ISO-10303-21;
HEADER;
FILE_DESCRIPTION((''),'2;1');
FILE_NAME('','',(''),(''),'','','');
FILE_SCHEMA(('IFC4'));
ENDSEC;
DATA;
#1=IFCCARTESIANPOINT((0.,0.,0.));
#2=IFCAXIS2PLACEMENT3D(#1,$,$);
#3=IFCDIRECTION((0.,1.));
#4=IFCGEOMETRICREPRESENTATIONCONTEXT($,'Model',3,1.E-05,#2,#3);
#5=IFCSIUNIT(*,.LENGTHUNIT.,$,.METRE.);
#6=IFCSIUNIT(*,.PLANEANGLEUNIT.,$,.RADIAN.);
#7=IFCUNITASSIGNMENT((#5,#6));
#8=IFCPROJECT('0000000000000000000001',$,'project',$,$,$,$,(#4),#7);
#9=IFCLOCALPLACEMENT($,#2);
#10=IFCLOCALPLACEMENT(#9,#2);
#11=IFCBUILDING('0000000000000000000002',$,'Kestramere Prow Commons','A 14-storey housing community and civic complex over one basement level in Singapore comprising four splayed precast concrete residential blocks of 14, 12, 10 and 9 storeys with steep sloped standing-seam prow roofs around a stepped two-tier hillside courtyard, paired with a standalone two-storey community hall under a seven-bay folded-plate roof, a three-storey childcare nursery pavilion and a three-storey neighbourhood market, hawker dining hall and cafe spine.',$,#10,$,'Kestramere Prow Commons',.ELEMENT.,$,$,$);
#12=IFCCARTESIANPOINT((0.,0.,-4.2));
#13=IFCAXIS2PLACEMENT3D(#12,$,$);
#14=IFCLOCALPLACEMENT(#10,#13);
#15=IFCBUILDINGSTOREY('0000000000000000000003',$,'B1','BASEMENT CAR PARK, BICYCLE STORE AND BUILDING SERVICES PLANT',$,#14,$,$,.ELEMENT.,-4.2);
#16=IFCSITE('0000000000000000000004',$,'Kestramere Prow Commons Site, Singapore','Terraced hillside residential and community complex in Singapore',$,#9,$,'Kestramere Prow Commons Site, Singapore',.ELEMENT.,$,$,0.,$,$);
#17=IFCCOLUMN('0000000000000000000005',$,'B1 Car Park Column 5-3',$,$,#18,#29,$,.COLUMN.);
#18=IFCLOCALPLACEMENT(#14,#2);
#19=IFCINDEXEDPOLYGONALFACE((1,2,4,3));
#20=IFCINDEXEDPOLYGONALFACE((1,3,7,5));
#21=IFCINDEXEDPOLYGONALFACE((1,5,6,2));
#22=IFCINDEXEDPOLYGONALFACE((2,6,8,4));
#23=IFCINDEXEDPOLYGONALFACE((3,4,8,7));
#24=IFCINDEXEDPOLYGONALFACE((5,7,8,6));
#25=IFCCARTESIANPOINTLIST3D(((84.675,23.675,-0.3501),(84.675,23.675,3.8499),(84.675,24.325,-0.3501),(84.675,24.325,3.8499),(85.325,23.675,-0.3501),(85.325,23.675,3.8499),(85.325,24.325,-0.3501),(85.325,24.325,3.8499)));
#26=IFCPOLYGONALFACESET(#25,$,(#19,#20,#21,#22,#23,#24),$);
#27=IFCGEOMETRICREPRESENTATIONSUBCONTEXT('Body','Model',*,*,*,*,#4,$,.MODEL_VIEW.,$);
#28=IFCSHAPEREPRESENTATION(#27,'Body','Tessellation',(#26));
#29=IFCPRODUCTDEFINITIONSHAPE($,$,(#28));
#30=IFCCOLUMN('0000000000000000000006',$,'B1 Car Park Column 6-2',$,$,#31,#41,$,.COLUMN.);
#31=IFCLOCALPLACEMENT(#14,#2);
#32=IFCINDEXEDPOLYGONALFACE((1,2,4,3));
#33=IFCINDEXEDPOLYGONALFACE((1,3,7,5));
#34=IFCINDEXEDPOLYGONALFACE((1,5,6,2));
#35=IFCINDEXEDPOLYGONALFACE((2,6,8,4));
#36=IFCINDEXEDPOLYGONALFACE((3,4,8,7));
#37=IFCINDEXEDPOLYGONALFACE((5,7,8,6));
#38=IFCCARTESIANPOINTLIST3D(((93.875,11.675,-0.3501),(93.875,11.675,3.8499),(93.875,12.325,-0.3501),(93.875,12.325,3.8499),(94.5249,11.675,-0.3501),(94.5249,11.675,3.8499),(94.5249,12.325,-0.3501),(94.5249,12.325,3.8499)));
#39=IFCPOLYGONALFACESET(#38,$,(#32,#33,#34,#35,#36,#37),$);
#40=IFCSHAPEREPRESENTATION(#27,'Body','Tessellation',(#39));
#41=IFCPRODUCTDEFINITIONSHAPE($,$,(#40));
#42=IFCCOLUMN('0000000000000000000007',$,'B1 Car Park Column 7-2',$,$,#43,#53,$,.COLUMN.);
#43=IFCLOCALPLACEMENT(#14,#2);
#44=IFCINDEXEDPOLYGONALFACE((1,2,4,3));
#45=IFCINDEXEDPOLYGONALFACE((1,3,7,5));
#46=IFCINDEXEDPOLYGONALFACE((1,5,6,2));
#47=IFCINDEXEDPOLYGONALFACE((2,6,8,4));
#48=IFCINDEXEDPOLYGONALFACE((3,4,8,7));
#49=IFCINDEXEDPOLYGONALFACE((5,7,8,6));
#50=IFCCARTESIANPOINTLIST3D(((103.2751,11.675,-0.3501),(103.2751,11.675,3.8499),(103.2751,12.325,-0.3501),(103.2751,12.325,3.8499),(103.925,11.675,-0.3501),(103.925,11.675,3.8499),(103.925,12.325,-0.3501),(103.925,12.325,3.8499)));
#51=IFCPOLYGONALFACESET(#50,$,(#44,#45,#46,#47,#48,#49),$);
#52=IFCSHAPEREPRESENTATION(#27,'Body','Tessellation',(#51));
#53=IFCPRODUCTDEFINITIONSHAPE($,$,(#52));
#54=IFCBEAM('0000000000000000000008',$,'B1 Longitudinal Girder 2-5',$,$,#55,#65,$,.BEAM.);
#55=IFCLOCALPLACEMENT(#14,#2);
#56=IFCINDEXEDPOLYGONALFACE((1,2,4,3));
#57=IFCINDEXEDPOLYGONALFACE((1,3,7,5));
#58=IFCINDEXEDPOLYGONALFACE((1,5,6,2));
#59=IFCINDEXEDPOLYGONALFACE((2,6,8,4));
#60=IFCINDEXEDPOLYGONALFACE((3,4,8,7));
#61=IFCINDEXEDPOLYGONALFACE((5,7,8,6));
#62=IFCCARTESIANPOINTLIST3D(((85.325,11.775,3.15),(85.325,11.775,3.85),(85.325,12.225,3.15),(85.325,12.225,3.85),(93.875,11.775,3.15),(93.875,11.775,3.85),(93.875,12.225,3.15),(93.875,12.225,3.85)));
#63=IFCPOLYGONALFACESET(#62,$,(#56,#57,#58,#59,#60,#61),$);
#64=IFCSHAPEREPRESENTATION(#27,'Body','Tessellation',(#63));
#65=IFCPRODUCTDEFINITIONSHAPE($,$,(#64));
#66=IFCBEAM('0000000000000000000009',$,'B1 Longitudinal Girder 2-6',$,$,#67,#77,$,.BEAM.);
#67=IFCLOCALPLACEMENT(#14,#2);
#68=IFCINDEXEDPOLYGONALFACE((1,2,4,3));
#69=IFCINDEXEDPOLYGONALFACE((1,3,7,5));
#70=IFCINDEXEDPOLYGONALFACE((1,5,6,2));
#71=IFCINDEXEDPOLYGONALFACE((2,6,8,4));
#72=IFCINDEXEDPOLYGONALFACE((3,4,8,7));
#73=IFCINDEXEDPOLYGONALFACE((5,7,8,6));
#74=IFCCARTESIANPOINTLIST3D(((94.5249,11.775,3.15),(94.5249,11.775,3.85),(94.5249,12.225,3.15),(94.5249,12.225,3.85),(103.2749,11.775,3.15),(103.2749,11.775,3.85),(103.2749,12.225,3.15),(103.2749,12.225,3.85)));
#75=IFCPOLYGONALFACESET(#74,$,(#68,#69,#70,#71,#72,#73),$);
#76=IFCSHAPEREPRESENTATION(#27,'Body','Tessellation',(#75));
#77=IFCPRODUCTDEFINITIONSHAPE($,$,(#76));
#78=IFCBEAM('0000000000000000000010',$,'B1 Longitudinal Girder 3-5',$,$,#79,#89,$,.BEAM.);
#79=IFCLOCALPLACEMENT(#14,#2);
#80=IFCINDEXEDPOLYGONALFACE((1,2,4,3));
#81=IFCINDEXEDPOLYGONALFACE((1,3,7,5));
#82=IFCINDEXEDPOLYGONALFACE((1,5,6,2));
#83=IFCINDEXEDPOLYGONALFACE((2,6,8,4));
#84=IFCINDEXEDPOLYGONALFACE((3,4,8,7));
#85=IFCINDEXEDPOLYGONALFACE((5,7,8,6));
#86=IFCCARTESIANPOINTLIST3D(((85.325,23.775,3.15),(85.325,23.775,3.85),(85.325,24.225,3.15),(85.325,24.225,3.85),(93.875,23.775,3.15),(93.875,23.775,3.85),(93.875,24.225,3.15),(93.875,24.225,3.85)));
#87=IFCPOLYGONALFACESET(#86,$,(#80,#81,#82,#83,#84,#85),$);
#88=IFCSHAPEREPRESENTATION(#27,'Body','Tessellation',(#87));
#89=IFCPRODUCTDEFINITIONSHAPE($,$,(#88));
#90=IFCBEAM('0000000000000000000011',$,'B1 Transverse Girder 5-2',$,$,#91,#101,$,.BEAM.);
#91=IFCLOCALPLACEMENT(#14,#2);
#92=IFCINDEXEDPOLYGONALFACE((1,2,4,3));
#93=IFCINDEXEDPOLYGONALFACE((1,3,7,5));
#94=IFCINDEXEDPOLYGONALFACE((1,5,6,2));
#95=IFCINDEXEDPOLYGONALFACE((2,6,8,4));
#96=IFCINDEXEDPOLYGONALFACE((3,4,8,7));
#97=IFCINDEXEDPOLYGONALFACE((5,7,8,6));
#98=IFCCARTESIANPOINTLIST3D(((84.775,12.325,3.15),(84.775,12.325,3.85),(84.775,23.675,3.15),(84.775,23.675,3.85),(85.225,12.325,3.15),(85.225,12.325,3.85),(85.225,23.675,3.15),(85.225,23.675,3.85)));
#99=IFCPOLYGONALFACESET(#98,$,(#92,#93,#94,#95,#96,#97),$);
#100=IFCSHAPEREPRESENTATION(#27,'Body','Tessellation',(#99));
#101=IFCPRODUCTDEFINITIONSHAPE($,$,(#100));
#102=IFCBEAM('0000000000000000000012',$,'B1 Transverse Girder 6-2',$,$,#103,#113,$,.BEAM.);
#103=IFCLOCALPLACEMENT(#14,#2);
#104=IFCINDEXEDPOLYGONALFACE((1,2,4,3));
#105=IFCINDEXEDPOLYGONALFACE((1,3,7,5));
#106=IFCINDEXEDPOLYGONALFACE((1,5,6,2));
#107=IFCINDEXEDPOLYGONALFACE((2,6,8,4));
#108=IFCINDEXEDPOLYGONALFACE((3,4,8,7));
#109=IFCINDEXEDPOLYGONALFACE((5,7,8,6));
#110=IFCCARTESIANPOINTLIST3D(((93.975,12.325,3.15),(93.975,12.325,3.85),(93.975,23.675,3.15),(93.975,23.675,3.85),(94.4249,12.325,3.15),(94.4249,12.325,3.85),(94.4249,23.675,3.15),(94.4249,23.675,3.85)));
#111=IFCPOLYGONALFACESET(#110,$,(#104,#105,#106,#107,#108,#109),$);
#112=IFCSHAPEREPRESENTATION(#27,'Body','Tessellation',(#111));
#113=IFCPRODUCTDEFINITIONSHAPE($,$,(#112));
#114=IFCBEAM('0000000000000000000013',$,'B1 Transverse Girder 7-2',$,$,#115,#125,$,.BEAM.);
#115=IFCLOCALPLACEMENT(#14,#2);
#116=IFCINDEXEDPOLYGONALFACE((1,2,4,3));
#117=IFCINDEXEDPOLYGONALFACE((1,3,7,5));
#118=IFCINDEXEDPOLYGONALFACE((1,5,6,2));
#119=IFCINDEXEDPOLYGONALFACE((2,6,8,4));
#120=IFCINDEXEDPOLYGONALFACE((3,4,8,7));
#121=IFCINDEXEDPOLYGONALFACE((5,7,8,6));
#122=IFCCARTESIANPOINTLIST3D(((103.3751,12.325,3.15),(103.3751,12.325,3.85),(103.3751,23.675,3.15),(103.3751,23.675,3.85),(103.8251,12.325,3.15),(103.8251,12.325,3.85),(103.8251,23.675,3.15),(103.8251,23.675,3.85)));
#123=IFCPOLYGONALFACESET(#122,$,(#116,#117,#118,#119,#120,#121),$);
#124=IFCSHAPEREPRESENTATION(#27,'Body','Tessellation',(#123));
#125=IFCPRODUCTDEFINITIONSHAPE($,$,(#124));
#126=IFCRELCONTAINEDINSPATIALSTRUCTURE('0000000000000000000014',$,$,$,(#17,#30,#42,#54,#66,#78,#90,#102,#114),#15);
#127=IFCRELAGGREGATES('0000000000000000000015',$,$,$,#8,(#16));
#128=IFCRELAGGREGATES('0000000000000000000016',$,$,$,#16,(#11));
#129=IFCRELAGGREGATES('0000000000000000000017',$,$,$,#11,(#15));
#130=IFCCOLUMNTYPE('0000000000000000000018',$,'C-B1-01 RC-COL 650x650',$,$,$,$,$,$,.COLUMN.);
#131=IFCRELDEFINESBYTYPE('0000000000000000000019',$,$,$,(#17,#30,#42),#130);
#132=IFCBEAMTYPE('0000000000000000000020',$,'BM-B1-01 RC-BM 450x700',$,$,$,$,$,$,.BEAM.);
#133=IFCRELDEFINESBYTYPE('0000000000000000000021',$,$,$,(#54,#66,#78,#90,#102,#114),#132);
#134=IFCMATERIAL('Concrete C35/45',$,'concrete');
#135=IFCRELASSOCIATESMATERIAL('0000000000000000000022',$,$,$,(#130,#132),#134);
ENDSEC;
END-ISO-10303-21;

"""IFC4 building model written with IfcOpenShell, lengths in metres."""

from ifc_helpers import new_model, si_unit, direction, frame, origin, origin_2d, place, context, subcontext, project, spatial, rectangle, extrude, material, material_profile, profile_set, type_object, element, save


model = new_model("IFC4")

# Units and contexts
model_context = context("Model", 3, precision=1e-05, world=origin(), true_north=direction((0.0, 1.0)))
body_context = subcontext(model_context, "Body", "Model", "MODEL_VIEW")
ifc_project = project(units=[si_unit("LENGTHUNIT", "METRE"), si_unit("PLANEANGLEUNIT", "RADIAN")], contexts=[model_context])

# Site, building, storey
site_placement = place(None, origin())
site = spatial("IfcSite", under=ifc_project, at=site_placement, Name="Kestramere Prow Commons Site, Singapore", Description="Terraced hillside residential and community complex in Singapore", LongName="Kestramere Prow Commons Site, Singapore", CompositionType="ELEMENT", RefElevation=0.0)
building_placement = place(site_placement, origin())
building = spatial("IfcBuilding", under=site, at=building_placement, Name="Kestramere Prow Commons", Description="A 14-storey housing community and civic complex over one basement level in Singapore comprising four splayed precast concrete residential blocks of 14, 12, 10 and 9 storeys with steep sloped standing-seam prow roofs around a stepped two-tier hillside courtyard, paired with a standalone two-storey community hall under a seven-bay folded-plate roof, a three-storey childcare nursery pavilion and a three-storey neighbourhood market, hawker dining hall and cafe spine.", LongName="Kestramere Prow Commons", CompositionType="ELEMENT")
storey_placement = place(building_placement, frame((0.0, 0.0, -4.2)))
storey = spatial("IfcBuildingStorey", under=building, at=storey_placement, Name="B1", Description="BASEMENT CAR PARK, BICYCLE STORE AND BUILDING SERVICES PLANT", CompositionType="ELEMENT", Elevation=-4.2)

# Shared definitions
ifc_material = material(Name="Concrete C35/45", Category="concrete")

# Columns
ifc_material_profile_1 = material_profile(ifc_material, rectangle(XDim=0.6499, YDim=0.6499, at=origin_2d()), Name="RC-COL 650x650")
ifc_profile_set_1 = profile_set([ifc_material_profile_1], Name="Concrete C35/45")
column_type = type_object("IfcColumnType", Name="C-B1-01 RC-COL 650x650", PredefinedType="COLUMN", material=ifc_profile_set_1)
for number, where, z_axis, x_axis, name in (
    (1, (85.0, 24.0, -0.3501), (0.0, 0.0, 1.0), (1.0, 0.0, 0.0), "B1 Car Park Column 5-3"),
    (2, (94.2, 12.0, -0.3501), (0.0, 0.0, 1.0), (1.0, 0.0, 0.0), "B1 Car Park Column 6-2"),
    (3, (103.6001, 12.0, -0.3501), (0.0, 0.0, 1.0), (1.0, 0.0, 0.0), "B1 Car Park Column 7-2"),
):
    element("IfcColumn", number, at=place(storey_placement, frame(where, z_axis=z_axis, x_axis=x_axis)), inside=storey, type_object=column_type, Name=name, PredefinedType="COLUMN", context=body_context, shape_type="SweptSolid", body=[
        extrude(rectangle(XDim=0.6499, YDim=0.6499, at=origin_2d()), origin(), (0.0, 0.0, 1.0), 4.2),
    ])

# Beams
ifc_material_profile_2 = material_profile(ifc_material, rectangle(XDim=0.45, YDim=0.7, at=origin_2d()), Name="RC-BM 450x700")
ifc_profile_set_2 = profile_set([ifc_material_profile_2], Name="Concrete C35/45")
beam_type = type_object("IfcBeamType", Name="BM-B1-01 RC-BM 450x700", PredefinedType="BEAM", material=ifc_profile_set_2)
beam_1_placement = place(storey_placement, frame((85.325, 12.0, 3.5), z_axis=(1.0, 0.0, 0.0), x_axis=(0.0, 1.0, 0.0)))
element("IfcBeam", 4, at=beam_1_placement, inside=storey, type_object=beam_type, Name="B1 Longitudinal Girder 2-5", PredefinedType="BEAM", context=body_context, shape_type="SweptSolid", body=[
    extrude(rectangle(XDim=0.45, YDim=0.7, at=origin_2d()), origin(), (0.0, 0.0, 1.0), 8.55),
])
beam_2_placement = place(storey_placement, frame((94.5249, 12.0, 3.5), z_axis=(1.0, 0.0, 0.0), x_axis=(0.0, 1.0, 0.0)))
element("IfcBeam", 5, at=beam_2_placement, inside=storey, type_object=beam_type, Name="B1 Longitudinal Girder 2-6", PredefinedType="BEAM", context=body_context, shape_type="SweptSolid", body=[
    extrude(rectangle(XDim=0.45, YDim=0.7, at=origin_2d()), origin(), (0.0, 0.0, 1.0), 8.75),
])
beam_3_placement = place(storey_placement, frame((85.325, 24.0, 3.5), z_axis=(1.0, 0.0, 0.0), x_axis=(0.0, 1.0, 0.0)))
element("IfcBeam", 6, at=beam_3_placement, inside=storey, type_object=beam_type, Name="B1 Longitudinal Girder 3-5", PredefinedType="BEAM", context=body_context, shape_type="SweptSolid", body=[
    extrude(rectangle(XDim=0.45, YDim=0.7, at=origin_2d()), origin(), (0.0, 0.0, 1.0), 8.55),
])
for number, where, z_axis, x_axis, name in (
    (7, (85.0, 12.325, 3.5), (0.0, 1.0, 0.0), (-1.0, 0.0, 0.0), "B1 Transverse Girder 5-2"),
    (8, (94.2, 12.325, 3.5), (0.0, 1.0, 0.0), (-1.0, 0.0, 0.0), "B1 Transverse Girder 6-2"),
    (9, (103.6001, 12.325, 3.5), (0.0, 1.0, 0.0), (-1.0, 0.0, 0.0), "B1 Transverse Girder 7-2"),
):
    element("IfcBeam", number, at=place(storey_placement, frame(where, z_axis=z_axis, x_axis=x_axis)), inside=storey, type_object=beam_type, Name=name, PredefinedType="BEAM", context=body_context, shape_type="SweptSolid", body=[
        extrude(rectangle(XDim=0.45, YDim=0.7, at=origin_2d()), origin(), (0.0, 0.0, 1.0), 11.3501),
    ])

save(model, "model.ifc")
